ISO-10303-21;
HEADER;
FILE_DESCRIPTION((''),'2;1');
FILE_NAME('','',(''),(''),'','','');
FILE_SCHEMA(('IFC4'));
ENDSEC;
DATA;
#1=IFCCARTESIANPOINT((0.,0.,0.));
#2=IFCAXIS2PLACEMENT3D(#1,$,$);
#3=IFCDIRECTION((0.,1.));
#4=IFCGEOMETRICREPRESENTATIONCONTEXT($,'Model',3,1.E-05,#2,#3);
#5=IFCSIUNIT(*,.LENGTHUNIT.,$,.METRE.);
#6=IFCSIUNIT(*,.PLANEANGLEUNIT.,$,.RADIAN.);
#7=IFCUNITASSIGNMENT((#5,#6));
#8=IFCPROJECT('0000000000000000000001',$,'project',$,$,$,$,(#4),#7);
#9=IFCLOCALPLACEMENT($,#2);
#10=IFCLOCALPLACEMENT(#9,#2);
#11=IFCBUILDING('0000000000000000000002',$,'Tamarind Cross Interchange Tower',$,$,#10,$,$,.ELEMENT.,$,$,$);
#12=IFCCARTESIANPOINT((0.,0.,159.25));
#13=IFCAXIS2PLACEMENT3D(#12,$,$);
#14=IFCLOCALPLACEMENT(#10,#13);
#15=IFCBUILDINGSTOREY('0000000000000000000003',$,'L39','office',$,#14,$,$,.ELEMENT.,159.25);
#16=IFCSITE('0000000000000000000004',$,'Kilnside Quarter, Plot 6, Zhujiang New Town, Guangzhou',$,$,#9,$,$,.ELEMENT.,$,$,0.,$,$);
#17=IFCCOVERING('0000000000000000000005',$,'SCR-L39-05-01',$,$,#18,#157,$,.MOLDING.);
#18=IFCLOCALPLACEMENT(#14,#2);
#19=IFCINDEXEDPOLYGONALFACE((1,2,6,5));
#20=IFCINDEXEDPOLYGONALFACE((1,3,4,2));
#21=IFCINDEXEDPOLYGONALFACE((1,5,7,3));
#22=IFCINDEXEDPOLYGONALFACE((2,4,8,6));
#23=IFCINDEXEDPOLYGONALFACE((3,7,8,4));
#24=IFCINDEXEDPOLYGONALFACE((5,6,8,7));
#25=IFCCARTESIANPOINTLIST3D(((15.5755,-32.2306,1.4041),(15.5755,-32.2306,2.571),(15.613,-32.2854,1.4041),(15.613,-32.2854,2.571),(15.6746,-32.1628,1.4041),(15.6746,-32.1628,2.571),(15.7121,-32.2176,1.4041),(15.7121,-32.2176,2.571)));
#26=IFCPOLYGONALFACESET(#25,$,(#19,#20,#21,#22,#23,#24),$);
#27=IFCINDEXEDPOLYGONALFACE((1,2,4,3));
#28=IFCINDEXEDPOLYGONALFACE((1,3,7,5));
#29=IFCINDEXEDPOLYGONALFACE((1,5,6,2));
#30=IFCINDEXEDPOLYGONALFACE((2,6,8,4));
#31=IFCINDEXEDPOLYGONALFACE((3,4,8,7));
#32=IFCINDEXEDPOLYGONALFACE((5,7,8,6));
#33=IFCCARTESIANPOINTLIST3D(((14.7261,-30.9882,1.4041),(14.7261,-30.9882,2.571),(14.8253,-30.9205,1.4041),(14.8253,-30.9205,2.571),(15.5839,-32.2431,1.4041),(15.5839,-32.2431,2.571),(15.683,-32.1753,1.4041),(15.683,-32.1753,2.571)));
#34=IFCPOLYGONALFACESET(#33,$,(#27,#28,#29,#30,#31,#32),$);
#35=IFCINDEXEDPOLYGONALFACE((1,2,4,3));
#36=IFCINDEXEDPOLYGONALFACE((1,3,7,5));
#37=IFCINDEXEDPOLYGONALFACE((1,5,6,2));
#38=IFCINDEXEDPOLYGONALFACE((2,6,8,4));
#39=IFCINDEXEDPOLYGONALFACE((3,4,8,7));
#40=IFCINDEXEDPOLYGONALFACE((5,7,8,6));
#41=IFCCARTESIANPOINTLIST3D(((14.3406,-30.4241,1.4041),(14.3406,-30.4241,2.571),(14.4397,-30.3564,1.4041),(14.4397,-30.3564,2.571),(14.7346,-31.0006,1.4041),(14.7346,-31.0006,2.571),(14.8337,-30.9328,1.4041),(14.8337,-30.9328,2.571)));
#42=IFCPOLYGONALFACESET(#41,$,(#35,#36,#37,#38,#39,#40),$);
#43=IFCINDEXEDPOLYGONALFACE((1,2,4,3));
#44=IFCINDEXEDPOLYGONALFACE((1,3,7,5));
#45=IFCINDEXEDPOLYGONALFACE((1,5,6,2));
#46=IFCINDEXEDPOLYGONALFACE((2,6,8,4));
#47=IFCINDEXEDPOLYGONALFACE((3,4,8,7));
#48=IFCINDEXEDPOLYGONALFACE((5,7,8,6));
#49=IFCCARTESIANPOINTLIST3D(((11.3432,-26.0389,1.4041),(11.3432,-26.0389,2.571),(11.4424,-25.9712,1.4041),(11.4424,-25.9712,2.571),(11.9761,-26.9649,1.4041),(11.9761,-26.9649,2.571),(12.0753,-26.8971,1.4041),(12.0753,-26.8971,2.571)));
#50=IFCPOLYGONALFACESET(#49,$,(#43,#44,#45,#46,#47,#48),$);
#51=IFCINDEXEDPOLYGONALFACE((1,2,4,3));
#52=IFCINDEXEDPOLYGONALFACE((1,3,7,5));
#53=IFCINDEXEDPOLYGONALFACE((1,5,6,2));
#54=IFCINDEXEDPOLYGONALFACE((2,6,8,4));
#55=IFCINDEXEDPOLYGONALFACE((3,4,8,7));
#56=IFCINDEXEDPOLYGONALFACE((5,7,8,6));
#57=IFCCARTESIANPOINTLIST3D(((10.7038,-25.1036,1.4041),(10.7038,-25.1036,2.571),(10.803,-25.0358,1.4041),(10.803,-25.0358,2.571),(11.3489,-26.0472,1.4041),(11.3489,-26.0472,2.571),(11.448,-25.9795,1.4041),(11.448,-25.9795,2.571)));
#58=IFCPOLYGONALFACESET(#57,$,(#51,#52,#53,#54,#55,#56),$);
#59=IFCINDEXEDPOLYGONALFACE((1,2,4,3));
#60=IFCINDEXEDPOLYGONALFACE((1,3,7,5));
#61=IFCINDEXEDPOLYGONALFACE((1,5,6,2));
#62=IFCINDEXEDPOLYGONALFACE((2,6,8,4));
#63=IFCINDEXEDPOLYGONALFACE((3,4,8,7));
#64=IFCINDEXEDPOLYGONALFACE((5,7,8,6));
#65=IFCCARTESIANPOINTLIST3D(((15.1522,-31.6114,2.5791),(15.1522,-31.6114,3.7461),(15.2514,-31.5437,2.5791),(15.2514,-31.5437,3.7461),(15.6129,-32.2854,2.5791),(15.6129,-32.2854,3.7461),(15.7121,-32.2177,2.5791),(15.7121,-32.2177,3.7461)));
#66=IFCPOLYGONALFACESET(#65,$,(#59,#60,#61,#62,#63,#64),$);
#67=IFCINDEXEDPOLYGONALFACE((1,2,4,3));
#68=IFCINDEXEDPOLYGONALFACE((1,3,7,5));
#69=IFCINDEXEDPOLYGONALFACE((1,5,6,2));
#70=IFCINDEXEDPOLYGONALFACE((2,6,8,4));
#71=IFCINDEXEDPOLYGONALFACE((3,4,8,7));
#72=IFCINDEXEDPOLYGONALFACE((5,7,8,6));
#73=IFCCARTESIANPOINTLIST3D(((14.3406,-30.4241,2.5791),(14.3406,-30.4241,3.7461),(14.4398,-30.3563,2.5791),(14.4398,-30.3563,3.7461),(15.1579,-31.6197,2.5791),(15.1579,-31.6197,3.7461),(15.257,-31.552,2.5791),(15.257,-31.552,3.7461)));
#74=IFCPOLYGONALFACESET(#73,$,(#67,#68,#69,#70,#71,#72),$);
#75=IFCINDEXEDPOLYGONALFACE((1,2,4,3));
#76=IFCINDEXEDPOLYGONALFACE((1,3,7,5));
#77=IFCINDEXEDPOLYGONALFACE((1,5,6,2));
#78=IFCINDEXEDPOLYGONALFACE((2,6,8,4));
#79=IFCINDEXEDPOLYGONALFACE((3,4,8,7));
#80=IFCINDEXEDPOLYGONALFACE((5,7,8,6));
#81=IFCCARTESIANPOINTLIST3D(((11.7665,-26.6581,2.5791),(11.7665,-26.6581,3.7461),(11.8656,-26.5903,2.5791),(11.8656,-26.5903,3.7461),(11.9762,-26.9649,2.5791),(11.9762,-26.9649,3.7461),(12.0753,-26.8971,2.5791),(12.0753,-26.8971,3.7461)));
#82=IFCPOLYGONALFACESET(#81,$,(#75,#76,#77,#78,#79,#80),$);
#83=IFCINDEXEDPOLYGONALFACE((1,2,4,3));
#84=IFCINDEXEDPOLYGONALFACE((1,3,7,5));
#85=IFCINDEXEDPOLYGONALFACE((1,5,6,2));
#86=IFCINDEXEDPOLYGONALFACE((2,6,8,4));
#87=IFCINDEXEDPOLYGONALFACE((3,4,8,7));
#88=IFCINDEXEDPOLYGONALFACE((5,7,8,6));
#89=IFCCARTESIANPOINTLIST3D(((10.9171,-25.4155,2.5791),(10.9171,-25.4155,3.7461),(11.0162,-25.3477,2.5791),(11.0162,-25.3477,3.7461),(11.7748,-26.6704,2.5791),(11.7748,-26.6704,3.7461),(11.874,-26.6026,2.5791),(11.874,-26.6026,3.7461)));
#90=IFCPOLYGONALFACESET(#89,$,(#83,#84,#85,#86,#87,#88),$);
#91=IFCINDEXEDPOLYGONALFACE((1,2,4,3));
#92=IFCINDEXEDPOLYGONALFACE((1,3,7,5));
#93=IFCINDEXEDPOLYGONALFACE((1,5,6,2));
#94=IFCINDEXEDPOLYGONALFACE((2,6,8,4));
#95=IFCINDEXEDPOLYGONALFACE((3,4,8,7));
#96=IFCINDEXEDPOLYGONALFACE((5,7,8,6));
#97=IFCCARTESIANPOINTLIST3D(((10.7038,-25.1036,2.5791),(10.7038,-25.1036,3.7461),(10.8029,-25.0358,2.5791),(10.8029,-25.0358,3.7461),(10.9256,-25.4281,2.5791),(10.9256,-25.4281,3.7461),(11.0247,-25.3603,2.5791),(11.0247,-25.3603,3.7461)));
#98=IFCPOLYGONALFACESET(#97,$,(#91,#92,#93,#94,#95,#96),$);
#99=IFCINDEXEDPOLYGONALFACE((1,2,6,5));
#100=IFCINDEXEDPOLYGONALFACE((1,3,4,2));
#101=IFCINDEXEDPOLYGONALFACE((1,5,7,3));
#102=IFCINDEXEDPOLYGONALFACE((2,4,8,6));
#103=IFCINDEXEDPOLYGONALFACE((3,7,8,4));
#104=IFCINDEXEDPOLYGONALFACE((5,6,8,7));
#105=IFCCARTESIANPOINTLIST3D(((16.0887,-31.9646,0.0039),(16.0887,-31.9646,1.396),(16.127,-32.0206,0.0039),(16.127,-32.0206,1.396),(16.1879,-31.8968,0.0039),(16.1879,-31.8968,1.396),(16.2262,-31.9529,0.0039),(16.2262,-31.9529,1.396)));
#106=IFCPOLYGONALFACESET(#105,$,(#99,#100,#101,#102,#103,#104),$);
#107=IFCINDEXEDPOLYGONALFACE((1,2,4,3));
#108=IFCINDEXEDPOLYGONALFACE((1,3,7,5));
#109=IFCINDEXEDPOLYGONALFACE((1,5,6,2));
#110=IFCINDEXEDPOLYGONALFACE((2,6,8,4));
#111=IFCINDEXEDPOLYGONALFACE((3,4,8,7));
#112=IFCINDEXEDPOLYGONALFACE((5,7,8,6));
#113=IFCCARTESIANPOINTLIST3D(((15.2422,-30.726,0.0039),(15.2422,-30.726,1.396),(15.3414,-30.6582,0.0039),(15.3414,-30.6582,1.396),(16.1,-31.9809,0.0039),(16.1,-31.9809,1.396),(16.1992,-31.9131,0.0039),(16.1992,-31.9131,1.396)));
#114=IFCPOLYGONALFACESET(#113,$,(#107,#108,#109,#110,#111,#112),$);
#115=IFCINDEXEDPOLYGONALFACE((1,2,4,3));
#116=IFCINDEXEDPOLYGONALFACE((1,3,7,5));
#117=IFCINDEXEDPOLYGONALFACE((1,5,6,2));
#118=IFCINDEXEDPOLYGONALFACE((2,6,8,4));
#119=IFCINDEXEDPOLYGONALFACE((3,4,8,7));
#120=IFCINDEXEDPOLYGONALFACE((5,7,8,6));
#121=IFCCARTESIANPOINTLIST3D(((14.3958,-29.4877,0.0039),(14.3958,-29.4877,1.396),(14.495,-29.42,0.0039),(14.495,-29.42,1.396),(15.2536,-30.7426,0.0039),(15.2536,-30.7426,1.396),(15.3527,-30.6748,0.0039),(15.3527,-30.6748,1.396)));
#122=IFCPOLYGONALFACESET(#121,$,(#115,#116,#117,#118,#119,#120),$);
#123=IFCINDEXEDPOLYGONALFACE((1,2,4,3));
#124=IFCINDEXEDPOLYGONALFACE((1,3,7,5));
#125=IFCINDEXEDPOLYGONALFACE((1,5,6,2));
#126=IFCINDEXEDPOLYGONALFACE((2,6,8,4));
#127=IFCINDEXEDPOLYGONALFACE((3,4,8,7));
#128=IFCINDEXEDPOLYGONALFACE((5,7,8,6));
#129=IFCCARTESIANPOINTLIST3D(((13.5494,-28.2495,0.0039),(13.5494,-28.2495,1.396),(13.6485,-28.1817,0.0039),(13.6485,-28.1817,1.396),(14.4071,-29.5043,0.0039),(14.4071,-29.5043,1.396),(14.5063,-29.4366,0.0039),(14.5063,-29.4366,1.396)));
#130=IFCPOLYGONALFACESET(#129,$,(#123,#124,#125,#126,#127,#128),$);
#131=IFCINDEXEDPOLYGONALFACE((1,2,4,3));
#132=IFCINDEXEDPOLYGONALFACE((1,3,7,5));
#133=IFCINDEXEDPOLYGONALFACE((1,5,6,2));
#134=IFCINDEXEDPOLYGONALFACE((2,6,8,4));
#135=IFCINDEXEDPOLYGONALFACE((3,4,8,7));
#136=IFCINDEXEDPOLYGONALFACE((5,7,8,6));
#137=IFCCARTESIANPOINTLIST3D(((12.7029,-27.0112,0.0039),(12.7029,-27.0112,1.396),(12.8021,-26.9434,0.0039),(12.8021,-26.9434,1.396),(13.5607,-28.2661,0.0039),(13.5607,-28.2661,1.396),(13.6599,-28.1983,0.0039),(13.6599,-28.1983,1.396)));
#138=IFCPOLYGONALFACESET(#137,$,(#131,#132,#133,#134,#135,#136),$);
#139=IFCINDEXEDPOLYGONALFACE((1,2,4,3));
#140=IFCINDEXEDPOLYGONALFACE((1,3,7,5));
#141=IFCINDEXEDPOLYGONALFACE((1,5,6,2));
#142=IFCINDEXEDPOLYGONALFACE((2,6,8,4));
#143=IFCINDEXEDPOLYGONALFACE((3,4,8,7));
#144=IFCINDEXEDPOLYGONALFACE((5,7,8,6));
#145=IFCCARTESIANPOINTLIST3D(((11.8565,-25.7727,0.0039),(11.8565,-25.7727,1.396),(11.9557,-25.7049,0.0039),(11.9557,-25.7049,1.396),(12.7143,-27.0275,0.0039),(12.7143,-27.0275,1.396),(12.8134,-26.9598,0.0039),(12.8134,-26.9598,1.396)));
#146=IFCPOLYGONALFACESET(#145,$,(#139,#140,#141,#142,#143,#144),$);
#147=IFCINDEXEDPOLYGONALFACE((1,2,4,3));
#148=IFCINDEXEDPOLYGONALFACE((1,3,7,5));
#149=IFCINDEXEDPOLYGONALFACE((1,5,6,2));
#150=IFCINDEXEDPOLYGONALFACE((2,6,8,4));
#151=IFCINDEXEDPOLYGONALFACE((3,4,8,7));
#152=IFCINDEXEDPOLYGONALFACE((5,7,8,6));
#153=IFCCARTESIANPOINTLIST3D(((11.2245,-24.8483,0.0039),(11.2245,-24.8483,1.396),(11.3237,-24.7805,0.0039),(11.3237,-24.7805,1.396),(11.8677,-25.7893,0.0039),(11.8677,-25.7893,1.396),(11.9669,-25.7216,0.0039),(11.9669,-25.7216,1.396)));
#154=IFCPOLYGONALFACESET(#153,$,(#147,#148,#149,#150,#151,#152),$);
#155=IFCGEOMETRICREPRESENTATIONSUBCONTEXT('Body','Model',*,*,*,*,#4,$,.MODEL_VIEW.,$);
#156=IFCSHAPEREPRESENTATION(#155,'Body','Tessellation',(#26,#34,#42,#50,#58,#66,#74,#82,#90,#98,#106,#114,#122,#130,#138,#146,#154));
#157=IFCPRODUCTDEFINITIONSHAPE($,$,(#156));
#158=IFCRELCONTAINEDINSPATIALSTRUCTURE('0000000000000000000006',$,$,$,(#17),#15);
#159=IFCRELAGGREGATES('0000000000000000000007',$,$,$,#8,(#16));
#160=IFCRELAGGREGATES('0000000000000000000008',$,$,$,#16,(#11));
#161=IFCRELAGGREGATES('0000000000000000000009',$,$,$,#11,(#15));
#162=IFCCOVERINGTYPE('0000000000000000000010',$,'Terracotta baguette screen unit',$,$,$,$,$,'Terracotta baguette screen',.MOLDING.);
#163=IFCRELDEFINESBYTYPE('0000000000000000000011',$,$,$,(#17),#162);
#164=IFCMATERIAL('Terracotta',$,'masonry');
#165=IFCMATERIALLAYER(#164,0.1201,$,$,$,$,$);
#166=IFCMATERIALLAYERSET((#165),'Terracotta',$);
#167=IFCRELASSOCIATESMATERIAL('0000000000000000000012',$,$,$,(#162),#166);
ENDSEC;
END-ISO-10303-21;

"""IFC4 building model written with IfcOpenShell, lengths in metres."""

from ifc_helpers import new_model, si_unit, direction, frame, origin, origin_2d, place, context, subcontext, project, spatial, rectangle, extrude, material, layer, layer_set, type_object, element, save


model = new_model("IFC4")

# Units and contexts
model_context = context("Model", 3, precision=1e-05, world=origin(), true_north=direction((0.0, 1.0)))
body_context = subcontext(model_context, "Body", "Model", "MODEL_VIEW")
ifc_project = project(units=[si_unit("LENGTHUNIT", "METRE"), si_unit("PLANEANGLEUNIT", "RADIAN")], contexts=[model_context])

# Site, building, storey
site_placement = place(None, origin())
site = spatial("IfcSite", under=ifc_project, at=site_placement, Name="Kilnside Quarter, Plot 6, Zhujiang New Town, Guangzhou", CompositionType="ELEMENT", RefElevation=0.0)
building_placement = place(site_placement, origin())
building = spatial("IfcBuilding", under=site, at=building_placement, Name="Tamarind Cross Interchange Tower", CompositionType="ELEMENT")
storey_placement = place(building_placement, frame((0.0, 0.0, 159.25)))
storey = spatial("IfcBuildingStorey", under=building, at=storey_placement, Name="L39", Description="office", CompositionType="ELEMENT", Elevation=159.25)

# Covering
ifc_material_1 = material(Name="Terracotta", Category="masonry")
ifc_layer_1 = layer(ifc_material_1, 0.1201)
ifc_layer_set_1 = layer_set([ifc_layer_1], Name="Terracotta")
covering_type = type_object("IfcCoveringType", Name="Terracotta baguette screen unit", ElementType="Terracotta baguette screen", PredefinedType="MOLDING", material=ifc_layer_set_1)
covering_1_placement = place(storey_placement, origin())
element("IfcCovering", 1, at=covering_1_placement, inside=storey, type_object=covering_type, Name="SCR-L39-05-01", PredefinedType="MOLDING", context=body_context, shape_type="SweptSolid", body=[
    extrude(rectangle(XDim=0.0664, YDim=0.1201, at=origin_2d()), frame((15.6438, -32.2241, 1.4041), z_axis=(0.0, 0.0, 1.0), x_axis=(-0.564301, 0.825569, 0.0)), (0.0, 0.0, 1.0), 1.167),
    extrude(rectangle(XDim=1.52, YDim=0.1201, at=origin_2d()), frame((15.2046, -31.5818, 1.4041), z_axis=(0.0, 0.0, 1.0), x_axis=(-0.564301, 0.825569, 0.0)), (0.0, 0.0, 1.0), 1.167),
    extrude(rectangle(XDim=0.6982, YDim=0.1201, at=origin_2d()), frame((14.5872, -30.6785, 1.4041), z_axis=(0.0, 0.0, 1.0), x_axis=(-0.564301, 0.825569, 0.0)), (0.0, 0.0, 1.0), 1.167),
    extrude(rectangle(XDim=1.1216, YDim=0.1201, at=origin_2d()), frame((11.7092, -26.468, 1.4041), z_axis=(0.0, 0.0, 1.0), x_axis=(-0.564301, 0.825569, 0.0)), (0.0, 0.0, 1.0), 1.167),
    extrude(rectangle(XDim=1.1431, YDim=0.1201, at=origin_2d()), frame((11.0759, -25.5415, 1.4041), z_axis=(0.0, 0.0, 1.0), x_axis=(-0.564301, 0.825569, 0.0)), (0.0, 0.0, 1.0), 1.167),
    extrude(rectangle(XDim=0.8164, YDim=0.1201, at=origin_2d()), frame((15.4321, -31.9146, 2.5791), z_axis=(0.0, 0.0, 1.0), x_axis=(-0.564301, 0.825569, 0.0)), (0.0, 0.0, 1.0), 1.167),
    extrude(rectangle(XDim=1.4482, YDim=0.1201, at=origin_2d()), frame((14.7988, -30.988, 2.5791), z_axis=(0.0, 0.0, 1.0), x_axis=(-0.564301, 0.825569, 0.0)), (0.0, 0.0, 1.0), 1.167),
    extrude(rectangle(XDim=0.3716, YDim=0.1201, at=origin_2d()), frame((11.9209, -26.7776, 2.5791), z_axis=(0.0, 0.0, 1.0), x_axis=(-0.564301, 0.825569, 0.0)), (0.0, 0.0, 1.0), 1.167),
    extrude(rectangle(XDim=1.52, YDim=0.1201, at=origin_2d()), frame((11.3955, -26.009, 2.5791), z_axis=(0.0, 0.0, 1.0), x_axis=(-0.564301, 0.825569, 0.0)), (0.0, 0.0, 1.0), 1.167),
    extrude(rectangle(XDim=0.3931, YDim=0.1201, at=origin_2d()), frame((10.8643, -25.2319, 2.5791), z_axis=(0.0, 0.0, 1.0), x_axis=(-0.564301, 0.825569, 0.0)), (0.0, 0.0, 1.0), 1.167),
    extrude(rectangle(XDim=0.0679, YDim=0.1201, at=origin_2d()), frame((16.1575, -31.9587, 0.0039), z_axis=(0.0, 0.0, 1.0), x_axis=(-0.564301, 0.825569, 0.0)), (0.0, 0.0, 1.0), 1.3921),
    extrude(rectangle(XDim=1.52, YDim=0.1201, at=origin_2d()), frame((15.7207, -31.3196, 0.0039), z_axis=(0.0, 0.0, 1.0), x_axis=(-0.564301, 0.825569, 0.0)), (0.0, 0.0, 1.0), 1.3921),
    extrude(rectangle(XDim=1.52, YDim=0.1201, at=origin_2d()), frame((14.8743, -30.0813, 0.0039), z_axis=(0.0, 0.0, 1.0), x_axis=(-0.564301, 0.825569, 0.0)), (0.0, 0.0, 1.0), 1.3921),
    extrude(rectangle(XDim=1.52, YDim=0.1201, at=origin_2d()), frame((14.0278, -28.843, 0.0039), z_axis=(0.0, 0.0, 1.0), x_axis=(-0.564301, 0.825569, 0.0)), (0.0, 0.0, 1.0), 1.3921),
    extrude(rectangle(XDim=1.52, YDim=0.1201, at=origin_2d()), frame((13.1814, -27.6047, 0.0039), z_axis=(0.0, 0.0, 1.0), x_axis=(-0.564301, 0.825569, 0.0)), (0.0, 0.0, 1.0), 1.3921),
    extrude(rectangle(XDim=1.52, YDim=0.1201, at=origin_2d()), frame((12.335, -26.3662, 0.0039), z_axis=(0.0, 0.0, 1.0), x_axis=(-0.564301, 0.825569, 0.0)), (0.0, 0.0, 1.0), 1.3921),
    extrude(rectangle(XDim=1.1399, YDim=0.1201, at=origin_2d()), frame((11.5957, -25.2849, 0.0039), z_axis=(0.0, 0.0, 1.0), x_axis=(-0.564301, 0.825569, 0.0)), (0.0, 0.0, 1.0), 1.3921),
])

save(model, "model.ifc")
